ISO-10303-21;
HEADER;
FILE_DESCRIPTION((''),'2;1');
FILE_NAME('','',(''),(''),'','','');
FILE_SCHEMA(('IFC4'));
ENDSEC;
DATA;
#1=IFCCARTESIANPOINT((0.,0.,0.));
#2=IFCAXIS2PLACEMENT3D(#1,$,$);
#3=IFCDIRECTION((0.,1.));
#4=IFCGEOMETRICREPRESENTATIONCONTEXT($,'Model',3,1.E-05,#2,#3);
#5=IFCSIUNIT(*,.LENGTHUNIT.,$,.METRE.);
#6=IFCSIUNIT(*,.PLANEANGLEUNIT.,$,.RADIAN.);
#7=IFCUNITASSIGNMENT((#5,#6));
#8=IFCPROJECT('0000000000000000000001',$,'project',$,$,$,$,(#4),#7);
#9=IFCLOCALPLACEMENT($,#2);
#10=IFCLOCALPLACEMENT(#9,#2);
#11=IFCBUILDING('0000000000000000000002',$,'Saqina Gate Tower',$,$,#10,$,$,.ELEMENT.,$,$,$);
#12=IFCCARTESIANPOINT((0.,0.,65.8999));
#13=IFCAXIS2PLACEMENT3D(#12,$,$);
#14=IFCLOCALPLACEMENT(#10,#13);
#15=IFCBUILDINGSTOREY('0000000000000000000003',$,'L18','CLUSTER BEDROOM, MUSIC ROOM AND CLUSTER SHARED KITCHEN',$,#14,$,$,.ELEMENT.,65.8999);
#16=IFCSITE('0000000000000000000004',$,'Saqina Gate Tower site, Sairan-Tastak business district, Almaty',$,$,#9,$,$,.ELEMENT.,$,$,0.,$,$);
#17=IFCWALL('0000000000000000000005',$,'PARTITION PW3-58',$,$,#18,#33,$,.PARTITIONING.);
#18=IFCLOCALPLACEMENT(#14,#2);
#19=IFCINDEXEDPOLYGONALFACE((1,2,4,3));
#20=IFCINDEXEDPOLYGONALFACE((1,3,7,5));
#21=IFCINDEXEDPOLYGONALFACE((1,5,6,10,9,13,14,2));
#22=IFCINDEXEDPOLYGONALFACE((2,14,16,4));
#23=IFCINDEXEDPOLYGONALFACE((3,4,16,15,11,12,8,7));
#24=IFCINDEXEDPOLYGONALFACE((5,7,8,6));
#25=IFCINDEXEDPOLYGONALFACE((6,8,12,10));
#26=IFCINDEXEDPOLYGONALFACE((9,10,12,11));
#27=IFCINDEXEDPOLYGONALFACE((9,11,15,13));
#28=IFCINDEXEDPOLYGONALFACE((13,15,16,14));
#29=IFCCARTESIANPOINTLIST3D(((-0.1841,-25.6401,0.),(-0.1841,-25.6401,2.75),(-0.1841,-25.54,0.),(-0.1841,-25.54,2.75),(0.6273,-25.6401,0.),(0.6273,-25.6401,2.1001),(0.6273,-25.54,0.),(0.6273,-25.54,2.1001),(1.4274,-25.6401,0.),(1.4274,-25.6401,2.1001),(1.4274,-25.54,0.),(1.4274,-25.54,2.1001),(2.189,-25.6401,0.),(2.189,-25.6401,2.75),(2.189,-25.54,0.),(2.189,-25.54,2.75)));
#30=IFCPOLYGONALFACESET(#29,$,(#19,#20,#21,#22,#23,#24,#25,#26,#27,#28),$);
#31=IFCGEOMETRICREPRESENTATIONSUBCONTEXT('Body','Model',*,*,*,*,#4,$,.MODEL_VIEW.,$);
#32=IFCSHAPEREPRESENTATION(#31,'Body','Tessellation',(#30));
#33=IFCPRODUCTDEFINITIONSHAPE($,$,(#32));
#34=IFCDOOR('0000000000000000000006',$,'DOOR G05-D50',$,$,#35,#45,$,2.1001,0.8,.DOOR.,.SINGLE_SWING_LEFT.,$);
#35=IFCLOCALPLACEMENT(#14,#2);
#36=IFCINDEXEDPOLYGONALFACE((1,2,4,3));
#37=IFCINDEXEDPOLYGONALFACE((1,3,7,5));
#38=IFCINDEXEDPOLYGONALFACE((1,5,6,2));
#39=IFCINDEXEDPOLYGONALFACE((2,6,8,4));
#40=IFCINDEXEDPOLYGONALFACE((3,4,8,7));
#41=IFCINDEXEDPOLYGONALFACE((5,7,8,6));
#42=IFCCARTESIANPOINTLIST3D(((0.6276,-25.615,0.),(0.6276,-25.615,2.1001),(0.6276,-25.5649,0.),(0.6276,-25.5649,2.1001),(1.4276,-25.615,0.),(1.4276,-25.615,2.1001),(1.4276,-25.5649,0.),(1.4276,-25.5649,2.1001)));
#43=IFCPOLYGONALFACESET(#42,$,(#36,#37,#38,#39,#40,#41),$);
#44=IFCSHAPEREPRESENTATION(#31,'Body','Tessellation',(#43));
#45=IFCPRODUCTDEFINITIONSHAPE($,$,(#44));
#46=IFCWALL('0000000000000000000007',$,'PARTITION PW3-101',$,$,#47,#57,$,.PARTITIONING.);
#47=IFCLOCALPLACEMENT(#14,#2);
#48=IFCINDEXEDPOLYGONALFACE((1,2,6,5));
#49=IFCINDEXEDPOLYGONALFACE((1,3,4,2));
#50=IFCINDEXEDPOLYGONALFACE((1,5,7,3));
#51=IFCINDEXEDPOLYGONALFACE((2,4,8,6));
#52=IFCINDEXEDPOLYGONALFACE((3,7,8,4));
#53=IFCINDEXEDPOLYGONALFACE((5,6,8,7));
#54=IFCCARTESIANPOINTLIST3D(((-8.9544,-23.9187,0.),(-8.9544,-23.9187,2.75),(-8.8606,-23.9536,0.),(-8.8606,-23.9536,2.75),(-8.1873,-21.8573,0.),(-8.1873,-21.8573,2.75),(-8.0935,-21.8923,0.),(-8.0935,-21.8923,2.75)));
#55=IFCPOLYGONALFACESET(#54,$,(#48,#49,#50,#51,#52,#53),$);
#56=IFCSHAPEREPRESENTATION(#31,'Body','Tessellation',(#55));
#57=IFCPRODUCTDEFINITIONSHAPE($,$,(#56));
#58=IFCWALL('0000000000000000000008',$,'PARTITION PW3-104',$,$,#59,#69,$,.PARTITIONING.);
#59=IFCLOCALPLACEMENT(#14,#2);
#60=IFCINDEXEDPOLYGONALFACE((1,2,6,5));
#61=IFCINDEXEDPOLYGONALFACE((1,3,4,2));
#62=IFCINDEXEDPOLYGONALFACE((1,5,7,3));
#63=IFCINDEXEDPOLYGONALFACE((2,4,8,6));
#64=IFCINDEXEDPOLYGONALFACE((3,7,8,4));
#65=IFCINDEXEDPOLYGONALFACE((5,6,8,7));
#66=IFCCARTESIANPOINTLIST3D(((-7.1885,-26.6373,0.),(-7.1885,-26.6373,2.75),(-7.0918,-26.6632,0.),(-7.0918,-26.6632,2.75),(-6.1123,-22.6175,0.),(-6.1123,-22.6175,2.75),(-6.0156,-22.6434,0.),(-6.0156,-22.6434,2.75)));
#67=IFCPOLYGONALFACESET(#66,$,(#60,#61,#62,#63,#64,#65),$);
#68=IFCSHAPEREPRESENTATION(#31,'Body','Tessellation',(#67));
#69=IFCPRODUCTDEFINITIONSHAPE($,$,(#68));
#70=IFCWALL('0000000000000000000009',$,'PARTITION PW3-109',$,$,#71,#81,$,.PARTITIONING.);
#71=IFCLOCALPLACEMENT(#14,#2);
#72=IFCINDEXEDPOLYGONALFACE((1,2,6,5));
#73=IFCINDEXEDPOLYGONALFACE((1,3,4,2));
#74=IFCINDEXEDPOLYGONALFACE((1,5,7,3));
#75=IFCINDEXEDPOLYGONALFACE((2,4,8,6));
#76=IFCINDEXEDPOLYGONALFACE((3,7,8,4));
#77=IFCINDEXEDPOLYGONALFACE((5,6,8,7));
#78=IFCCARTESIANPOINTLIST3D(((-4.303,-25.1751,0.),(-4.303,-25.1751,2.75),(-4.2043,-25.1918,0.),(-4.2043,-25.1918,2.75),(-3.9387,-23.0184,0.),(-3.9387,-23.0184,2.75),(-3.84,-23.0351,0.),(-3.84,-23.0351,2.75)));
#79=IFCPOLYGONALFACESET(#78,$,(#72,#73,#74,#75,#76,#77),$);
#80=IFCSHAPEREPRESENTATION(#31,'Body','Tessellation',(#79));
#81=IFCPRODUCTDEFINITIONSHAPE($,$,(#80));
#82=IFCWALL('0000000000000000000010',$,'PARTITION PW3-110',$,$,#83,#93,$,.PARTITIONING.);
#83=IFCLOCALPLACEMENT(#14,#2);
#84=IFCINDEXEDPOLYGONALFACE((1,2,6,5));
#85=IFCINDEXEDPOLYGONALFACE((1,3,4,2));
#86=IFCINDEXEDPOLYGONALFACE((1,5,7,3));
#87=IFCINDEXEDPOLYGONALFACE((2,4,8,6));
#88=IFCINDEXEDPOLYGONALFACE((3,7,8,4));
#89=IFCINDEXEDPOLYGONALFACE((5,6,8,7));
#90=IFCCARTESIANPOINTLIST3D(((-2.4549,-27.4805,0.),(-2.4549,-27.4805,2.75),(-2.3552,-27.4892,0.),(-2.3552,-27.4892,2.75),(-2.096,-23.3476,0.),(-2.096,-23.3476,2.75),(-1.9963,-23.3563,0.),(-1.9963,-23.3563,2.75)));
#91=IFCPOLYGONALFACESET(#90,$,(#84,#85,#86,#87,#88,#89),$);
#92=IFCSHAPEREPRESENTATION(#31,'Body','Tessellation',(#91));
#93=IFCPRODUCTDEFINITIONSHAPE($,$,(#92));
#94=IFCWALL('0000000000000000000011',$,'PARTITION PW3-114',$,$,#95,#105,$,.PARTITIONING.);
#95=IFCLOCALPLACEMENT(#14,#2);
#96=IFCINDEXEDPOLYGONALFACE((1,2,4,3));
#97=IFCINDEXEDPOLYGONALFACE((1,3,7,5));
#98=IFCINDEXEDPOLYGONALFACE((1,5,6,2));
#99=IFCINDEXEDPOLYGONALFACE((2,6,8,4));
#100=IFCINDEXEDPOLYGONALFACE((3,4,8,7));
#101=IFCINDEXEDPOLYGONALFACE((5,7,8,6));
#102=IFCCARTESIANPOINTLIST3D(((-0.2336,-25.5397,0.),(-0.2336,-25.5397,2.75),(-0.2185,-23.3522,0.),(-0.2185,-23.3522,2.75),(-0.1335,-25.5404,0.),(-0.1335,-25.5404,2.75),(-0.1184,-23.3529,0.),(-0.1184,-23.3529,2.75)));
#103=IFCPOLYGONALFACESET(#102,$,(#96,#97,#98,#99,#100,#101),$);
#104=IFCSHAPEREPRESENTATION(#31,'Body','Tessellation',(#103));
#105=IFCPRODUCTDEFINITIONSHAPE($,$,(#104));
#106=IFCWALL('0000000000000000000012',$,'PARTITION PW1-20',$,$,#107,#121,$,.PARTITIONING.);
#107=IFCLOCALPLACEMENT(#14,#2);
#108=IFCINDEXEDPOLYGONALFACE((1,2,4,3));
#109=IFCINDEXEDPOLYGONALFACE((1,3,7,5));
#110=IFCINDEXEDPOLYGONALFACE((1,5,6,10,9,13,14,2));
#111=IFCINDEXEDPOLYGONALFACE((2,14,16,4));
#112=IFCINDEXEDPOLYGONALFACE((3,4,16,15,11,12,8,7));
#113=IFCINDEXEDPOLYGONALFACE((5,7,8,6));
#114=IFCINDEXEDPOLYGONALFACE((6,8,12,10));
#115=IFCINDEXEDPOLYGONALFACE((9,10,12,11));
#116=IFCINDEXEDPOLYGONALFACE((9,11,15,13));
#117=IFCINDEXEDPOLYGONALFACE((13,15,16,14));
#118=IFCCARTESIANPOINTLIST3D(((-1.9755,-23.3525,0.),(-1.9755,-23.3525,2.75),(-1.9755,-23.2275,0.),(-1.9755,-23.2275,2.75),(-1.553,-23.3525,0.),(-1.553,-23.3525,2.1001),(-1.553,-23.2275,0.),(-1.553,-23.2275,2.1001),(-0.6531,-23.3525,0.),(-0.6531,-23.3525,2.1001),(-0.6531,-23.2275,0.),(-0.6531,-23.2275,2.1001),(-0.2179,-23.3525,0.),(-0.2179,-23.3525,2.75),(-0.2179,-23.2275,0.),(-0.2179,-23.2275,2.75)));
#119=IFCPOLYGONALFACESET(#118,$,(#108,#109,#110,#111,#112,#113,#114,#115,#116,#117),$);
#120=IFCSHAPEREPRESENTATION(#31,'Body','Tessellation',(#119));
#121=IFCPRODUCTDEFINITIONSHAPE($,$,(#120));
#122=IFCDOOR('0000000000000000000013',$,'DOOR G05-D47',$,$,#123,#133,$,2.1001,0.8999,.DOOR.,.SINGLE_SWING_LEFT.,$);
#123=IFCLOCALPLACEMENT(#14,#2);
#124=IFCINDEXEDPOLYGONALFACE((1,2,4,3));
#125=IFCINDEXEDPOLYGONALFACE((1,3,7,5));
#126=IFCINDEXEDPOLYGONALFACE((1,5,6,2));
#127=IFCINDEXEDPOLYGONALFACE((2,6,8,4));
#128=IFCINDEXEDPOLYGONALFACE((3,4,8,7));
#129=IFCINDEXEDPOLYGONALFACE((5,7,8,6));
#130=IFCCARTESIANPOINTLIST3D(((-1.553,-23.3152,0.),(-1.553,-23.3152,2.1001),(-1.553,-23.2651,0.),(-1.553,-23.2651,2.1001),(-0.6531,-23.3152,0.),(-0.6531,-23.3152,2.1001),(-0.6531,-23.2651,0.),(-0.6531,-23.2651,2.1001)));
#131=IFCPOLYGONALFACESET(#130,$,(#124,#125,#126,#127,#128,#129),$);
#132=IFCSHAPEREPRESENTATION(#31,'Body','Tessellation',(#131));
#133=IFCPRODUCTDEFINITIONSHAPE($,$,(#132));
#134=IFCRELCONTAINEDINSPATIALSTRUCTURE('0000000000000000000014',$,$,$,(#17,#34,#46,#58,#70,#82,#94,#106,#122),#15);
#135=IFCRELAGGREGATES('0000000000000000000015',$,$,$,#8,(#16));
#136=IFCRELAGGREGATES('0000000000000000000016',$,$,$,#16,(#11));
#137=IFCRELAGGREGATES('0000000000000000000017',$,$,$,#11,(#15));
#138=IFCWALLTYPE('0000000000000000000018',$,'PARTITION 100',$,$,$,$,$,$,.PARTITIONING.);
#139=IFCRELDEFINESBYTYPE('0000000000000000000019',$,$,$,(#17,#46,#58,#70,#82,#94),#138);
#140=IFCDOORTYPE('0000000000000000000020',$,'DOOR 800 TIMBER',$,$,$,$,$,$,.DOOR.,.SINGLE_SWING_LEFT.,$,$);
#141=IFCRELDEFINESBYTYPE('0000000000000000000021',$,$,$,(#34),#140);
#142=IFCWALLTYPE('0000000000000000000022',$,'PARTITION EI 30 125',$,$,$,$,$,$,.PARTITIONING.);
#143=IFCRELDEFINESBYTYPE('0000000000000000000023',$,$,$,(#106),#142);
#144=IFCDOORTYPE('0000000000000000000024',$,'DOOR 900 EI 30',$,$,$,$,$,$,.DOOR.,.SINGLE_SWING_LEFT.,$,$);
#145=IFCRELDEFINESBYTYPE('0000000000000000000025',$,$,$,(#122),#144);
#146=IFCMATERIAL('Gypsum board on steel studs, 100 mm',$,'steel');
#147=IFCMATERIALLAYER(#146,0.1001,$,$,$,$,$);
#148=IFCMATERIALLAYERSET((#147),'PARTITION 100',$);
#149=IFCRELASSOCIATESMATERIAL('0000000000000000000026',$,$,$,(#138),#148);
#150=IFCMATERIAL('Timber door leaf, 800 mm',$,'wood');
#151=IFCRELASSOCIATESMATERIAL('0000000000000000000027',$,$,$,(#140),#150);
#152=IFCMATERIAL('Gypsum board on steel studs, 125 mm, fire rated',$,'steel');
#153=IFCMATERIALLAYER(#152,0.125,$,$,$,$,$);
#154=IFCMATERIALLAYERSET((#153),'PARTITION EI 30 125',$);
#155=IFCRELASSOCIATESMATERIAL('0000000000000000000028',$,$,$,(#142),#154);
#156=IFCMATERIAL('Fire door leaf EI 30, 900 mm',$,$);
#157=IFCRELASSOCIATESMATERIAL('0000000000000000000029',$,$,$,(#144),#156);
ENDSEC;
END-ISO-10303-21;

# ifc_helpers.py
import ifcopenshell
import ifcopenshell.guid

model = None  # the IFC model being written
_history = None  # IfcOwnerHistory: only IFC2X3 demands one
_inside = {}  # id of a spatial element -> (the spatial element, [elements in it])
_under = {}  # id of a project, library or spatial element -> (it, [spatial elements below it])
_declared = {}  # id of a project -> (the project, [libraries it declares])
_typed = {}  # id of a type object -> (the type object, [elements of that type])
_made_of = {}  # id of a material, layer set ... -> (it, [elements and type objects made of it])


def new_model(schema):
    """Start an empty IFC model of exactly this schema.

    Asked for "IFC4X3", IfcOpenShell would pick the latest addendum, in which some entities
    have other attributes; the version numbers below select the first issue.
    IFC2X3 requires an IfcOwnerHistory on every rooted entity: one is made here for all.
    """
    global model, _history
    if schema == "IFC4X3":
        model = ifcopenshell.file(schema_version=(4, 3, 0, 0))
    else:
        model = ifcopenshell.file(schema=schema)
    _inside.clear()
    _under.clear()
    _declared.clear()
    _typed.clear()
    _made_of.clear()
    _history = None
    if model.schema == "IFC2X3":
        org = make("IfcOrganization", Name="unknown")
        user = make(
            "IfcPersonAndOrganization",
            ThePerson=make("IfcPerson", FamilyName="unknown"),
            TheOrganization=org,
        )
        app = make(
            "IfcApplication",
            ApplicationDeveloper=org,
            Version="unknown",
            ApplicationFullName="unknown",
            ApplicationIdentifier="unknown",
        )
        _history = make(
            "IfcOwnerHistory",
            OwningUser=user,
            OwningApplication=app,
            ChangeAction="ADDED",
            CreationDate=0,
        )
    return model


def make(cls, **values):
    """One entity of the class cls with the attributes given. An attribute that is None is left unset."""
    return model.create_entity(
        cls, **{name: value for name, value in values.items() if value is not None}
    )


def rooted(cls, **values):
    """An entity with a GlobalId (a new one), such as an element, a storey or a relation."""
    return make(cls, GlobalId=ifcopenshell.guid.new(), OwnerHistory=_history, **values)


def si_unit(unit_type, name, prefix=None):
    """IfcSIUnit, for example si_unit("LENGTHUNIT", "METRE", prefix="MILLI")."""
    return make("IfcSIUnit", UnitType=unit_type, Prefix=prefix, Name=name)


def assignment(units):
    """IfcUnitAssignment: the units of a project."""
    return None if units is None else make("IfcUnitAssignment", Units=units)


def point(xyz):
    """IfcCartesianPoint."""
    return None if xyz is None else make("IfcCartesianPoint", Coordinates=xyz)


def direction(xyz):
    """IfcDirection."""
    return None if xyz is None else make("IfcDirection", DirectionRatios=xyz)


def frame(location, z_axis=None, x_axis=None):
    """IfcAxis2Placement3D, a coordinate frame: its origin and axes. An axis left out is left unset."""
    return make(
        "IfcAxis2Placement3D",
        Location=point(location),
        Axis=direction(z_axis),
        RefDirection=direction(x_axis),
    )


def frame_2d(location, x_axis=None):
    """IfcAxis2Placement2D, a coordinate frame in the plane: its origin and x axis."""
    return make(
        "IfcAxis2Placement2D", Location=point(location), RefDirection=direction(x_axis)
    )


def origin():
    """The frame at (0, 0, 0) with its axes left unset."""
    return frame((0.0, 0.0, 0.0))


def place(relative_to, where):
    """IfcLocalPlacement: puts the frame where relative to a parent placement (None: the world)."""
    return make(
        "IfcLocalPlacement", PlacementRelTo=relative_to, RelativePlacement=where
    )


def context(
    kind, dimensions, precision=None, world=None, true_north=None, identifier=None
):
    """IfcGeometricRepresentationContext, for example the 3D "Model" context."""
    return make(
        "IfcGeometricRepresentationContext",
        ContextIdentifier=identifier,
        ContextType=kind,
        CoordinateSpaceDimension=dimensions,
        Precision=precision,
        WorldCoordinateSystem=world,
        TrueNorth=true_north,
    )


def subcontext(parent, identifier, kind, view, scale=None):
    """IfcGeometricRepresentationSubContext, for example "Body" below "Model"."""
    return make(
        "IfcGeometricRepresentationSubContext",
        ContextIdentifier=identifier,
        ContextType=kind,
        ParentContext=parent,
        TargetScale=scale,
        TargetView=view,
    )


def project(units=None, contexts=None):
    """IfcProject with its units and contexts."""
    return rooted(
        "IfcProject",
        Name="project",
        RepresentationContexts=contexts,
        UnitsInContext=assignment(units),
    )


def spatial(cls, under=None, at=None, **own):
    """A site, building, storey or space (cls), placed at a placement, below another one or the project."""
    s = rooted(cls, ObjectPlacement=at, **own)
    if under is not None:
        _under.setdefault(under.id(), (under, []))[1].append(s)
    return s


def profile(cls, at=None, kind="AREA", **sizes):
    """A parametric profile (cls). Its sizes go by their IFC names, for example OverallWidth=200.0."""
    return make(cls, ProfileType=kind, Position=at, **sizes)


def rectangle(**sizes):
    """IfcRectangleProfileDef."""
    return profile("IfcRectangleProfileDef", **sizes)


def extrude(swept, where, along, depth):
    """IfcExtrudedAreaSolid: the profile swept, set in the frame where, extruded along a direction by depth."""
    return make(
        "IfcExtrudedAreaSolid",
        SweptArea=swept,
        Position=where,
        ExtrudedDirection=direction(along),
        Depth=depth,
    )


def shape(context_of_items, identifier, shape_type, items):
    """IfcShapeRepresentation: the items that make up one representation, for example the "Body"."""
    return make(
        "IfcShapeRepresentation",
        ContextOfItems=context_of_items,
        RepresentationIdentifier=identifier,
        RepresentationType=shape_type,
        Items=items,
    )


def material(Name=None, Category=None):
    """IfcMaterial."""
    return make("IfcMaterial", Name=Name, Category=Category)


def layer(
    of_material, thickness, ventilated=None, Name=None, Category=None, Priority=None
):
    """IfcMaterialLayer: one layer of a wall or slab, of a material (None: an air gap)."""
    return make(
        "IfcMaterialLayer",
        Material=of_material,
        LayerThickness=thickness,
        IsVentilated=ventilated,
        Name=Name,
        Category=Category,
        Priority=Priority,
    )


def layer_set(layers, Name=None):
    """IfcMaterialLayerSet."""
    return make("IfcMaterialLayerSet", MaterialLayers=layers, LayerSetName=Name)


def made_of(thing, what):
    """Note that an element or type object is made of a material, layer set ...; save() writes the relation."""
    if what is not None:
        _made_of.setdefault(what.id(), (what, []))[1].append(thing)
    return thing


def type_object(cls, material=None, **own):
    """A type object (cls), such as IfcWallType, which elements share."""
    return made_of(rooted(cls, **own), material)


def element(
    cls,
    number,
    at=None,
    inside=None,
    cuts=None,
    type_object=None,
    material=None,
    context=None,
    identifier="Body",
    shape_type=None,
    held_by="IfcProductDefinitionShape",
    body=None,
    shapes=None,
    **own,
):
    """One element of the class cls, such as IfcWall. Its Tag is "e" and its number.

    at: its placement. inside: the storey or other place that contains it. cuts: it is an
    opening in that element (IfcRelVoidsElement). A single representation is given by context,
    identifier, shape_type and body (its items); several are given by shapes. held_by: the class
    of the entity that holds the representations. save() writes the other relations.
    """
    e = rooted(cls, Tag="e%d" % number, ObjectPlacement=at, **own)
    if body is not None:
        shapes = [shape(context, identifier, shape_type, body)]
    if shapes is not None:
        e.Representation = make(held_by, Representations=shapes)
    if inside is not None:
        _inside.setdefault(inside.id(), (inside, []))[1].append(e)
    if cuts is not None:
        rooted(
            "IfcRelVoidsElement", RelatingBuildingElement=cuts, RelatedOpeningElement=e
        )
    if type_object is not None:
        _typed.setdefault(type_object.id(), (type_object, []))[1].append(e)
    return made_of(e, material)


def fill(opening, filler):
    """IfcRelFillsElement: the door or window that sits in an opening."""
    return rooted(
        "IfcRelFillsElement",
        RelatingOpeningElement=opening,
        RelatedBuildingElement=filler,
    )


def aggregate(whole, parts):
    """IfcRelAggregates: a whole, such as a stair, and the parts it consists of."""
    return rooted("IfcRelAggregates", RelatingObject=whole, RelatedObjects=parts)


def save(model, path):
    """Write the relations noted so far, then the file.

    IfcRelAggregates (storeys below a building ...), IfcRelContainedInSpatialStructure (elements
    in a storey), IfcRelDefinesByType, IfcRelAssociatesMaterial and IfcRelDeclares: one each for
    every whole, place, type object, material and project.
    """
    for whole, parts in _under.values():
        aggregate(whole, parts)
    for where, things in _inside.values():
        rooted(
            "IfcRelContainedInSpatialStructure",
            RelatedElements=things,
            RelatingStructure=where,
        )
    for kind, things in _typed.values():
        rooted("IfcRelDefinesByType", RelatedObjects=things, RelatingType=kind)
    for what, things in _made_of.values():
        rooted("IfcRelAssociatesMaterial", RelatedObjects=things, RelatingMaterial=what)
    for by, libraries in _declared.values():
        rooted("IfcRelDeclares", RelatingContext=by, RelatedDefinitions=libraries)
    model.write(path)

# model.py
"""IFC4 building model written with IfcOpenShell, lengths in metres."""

from ifc_helpers import new_model, si_unit, direction, frame, frame_2d, origin, place, context, subcontext, project, spatial, rectangle, extrude, material, layer, layer_set, type_object, element, fill, save


model = new_model("IFC4")

# Units and contexts
model_context = context("Model", 3, precision=1e-05, world=origin(), true_north=direction((0.0, 1.0)))
body_context = subcontext(model_context, "Body", "Model", "MODEL_VIEW")
ifc_project = project(units=[si_unit("LENGTHUNIT", "METRE"), si_unit("PLANEANGLEUNIT", "RADIAN")], contexts=[model_context])

# Site, building, storey
site_placement = place(None, origin())
site = spatial("IfcSite", under=ifc_project, at=site_placement, Name="Saqina Gate Tower site, Sairan-Tastak business district, Almaty", CompositionType="ELEMENT", RefElevation=0.0)
building_placement = place(site_placement, origin())
building = spatial("IfcBuilding", under=site, at=building_placement, Name="Saqina Gate Tower", CompositionType="ELEMENT")
storey_placement = place(building_placement, frame((0.0, 0.0, 65.8999)))
storey = spatial("IfcBuildingStorey", under=building, at=storey_placement, Name="L18", Description="CLUSTER BEDROOM, MUSIC ROOM AND CLUSTER SHARED KITCHEN", CompositionType="ELEMENT", Elevation=65.8999)

# Wall, opening, door
ifc_material_1 = material(Name="Gypsum board on steel studs, 100 mm", Category="steel")
ifc_layer_1 = layer(ifc_material_1, 0.1001)
ifc_layer_set_1 = layer_set([ifc_layer_1], Name="PARTITION 100")
wall_type_1 = type_object("IfcWallType", Name="PARTITION 100", PredefinedType="PARTITIONING", material=ifc_layer_set_1)
ifc_material_2 = material(Name="Timber door leaf, 800 mm", Category="wood")
door_type_1 = type_object("IfcDoorType", Name="DOOR 800 TIMBER", OperationType="SINGLE_SWING_LEFT", PredefinedType="DOOR", material=ifc_material_2)
wall_1_placement = place(storey_placement, frame((-0.1841, -25.5901, 0.0), z_axis=(0.0, 0.0, 1.0), x_axis=(1.0, 0.0, 0.0)))
wall_1 = element("IfcWall", 1, at=wall_1_placement, inside=storey, type_object=wall_type_1, Name="PARTITION PW3-58", PredefinedType="PARTITIONING", context=body_context, shape_type="SweptSolid", body=[
    extrude(rectangle(XDim=2.373, YDim=0.1001, at=frame_2d((1.1865, 0.0))), origin(), (0.0, 0.0, 1.0), 2.75),
])
opening_1_placement = place(wall_1_placement, frame((0.8115, 0.0, 0.0)))
opening_1 = element("IfcOpeningElement", 2, at=opening_1_placement, cuts=wall_1, PredefinedType="OPENING", context=body_context, shape_type="SweptSolid", body=[
    extrude(rectangle(XDim=0.8, YDim=2.1001, at=frame_2d((0.3999, 1.05))), frame((0.0, 0.062, 0.0), z_axis=(0.0, -1.0, 0.0), x_axis=(1.0, 0.0, 0.0)), (0.0, 0.0, 1.0), 0.124),
])
door_1_placement = place(opening_1_placement, frame((0.8, 0.0, 0.0), z_axis=(0.0, 0.0, 1.0), x_axis=(-1.0, 0.0, 0.0)))
door_1 = element("IfcDoor", 3, at=door_1_placement, inside=storey, type_object=door_type_1, Name="DOOR G05-D50", OperationType="SINGLE_SWING_LEFT", OverallHeight=2.1001, OverallWidth=0.8, PredefinedType="DOOR", context=body_context, shape_type="SweptSolid", body=[
    extrude(rectangle(XDim=0.8, YDim=2.1001, at=frame_2d((0.3999, 1.05))), frame((0.0, 0.0249, 0.0), z_axis=(0.0, -1.0, 0.0), x_axis=(1.0, 0.0, 0.0)), (0.0, 0.0, 1.0), 0.05),
])
fill(opening_1, door_1)

# Walls
wall_2_placement = place(storey_placement, frame((-8.9075, -23.936, 0.0), z_axis=(0.0, 0.0, 1.0), x_axis=(0.348775, 0.937207, 0.0)))
element("IfcWall", 4, at=wall_2_placement, inside=storey, type_object=wall_type_1, Name="PARTITION PW3-101", PredefinedType="PARTITIONING", context=body_context, shape_type="SweptSolid", body=[
    extrude(rectangle(XDim=2.1995, YDim=0.1001, at=frame_2d((1.0996, 0.0))), origin(), (0.0, 0.0, 1.0), 2.75),
])
wall_3_placement = place(storey_placement, frame((-7.1401, -26.6501, 0.0), z_axis=(0.0, 0.0, 1.0), x_axis=(0.258612, 0.965981, 0.0)))
element("IfcWall", 5, at=wall_3_placement, inside=storey, type_object=wall_type_1, Name="PARTITION PW3-104", PredefinedType="PARTITIONING", context=body_context, shape_type="SweptSolid", body=[
    extrude(rectangle(XDim=4.1614, YDim=0.1001, at=frame_2d((2.0806, 0.0))), origin(), (0.0, 0.0, 1.0), 2.75),
])
wall_4_placement = place(storey_placement, frame((-4.2537, -25.1836, 0.0), z_axis=(0.0, 0.0, 1.0), x_axis=(0.166534, 0.986036, 0.0)))
element("IfcWall", 6, at=wall_4_placement, inside=storey, type_object=wall_type_1, Name="PARTITION PW3-109", PredefinedType="PARTITIONING", context=body_context, shape_type="SweptSolid", body=[
    extrude(rectangle(XDim=2.1873, YDim=0.1001, at=frame_2d((1.0938, 0.0))), origin(), (0.0, 0.0, 1.0), 2.75),
])
wall_5_placement = place(storey_placement, frame((-2.405, -27.4849, 0.0), z_axis=(0.0, 0.0, 1.0), x_axis=(0.086513, 0.996251, 0.0)))
element("IfcWall", 7, at=wall_5_placement, inside=storey, type_object=wall_type_1, Name="PARTITION PW3-110", PredefinedType="PARTITIONING", context=body_context, shape_type="SweptSolid", body=[
    extrude(rectangle(XDim=4.1484, YDim=0.1001, at=frame_2d((2.0742, 0.0))), origin(), (0.0, 0.0, 1.0), 2.75),
])
wall_6_placement = place(storey_placement, frame((-0.1836, -25.54, 0.0), z_axis=(0.0, 0.0, 1.0), x_axis=(0.006919, 0.999976, 0.0)))
element("IfcWall", 8, at=wall_6_placement, inside=storey, type_object=wall_type_1, Name="PARTITION PW3-114", PredefinedType="PARTITIONING", context=body_context, shape_type="SweptSolid", body=[
    extrude(rectangle(XDim=2.1875, YDim=0.1001, at=frame_2d((1.0938, 0.0))), origin(), (0.0, 0.0, 1.0), 2.75),
])

# Wall, opening, door
ifc_material_3 = material(Name="Gypsum board on steel studs, 125 mm, fire rated", Category="steel")
ifc_layer_2 = layer(ifc_material_3, 0.125)
ifc_layer_set_2 = layer_set([ifc_layer_2], Name="PARTITION EI 30 125")
wall_type_2 = type_object("IfcWallType", Name="PARTITION EI 30 125", PredefinedType="PARTITIONING", material=ifc_layer_set_2)
wall_7_placement = place(storey_placement, frame((-1.9756, -23.29, 0.0), z_axis=(0.0, 0.0, 1.0), x_axis=(1.0, 0.0, 0.0)))
wall_7 = element("IfcWall", 9, at=wall_7_placement, inside=storey, type_object=wall_type_2, Name="PARTITION PW1-20", PredefinedType="PARTITIONING", context=body_context, shape_type="SweptSolid", body=[
    extrude(rectangle(XDim=1.7576, YDim=0.125, at=frame_2d((0.8789, 0.0))), origin(), (0.0, 0.0, 1.0), 2.75),
])
opening_2_placement = place(wall_7_placement, frame((0.4226, 0.0, 0.0)))
opening_2 = element("IfcOpeningElement", 10, at=opening_2_placement, cuts=wall_7, PredefinedType="OPENING", context=body_context, shape_type="SweptSolid", body=[
    extrude(rectangle(XDim=0.8999, YDim=2.1001, at=frame_2d((0.45, 1.05))), frame((0.0, 0.0745, 0.0), z_axis=(0.0, -1.0, 0.0), x_axis=(1.0, 0.0, 0.0)), (0.0, 0.0, 1.0), 0.1489),
])
ifc_material_4 = material(Name="Fire door leaf EI 30, 900 mm")
door_type_2 = type_object("IfcDoorType", Name="DOOR 900 EI 30", OperationType="SINGLE_SWING_LEFT", PredefinedType="DOOR", material=ifc_material_4)
door_2_placement = place(opening_2_placement, origin())
door_2 = element("IfcDoor", 11, at=door_2_placement, inside=storey, type_object=door_type_2, Name="DOOR G05-D47", OperationType="SINGLE_SWING_LEFT", OverallHeight=2.1001, OverallWidth=0.8999, PredefinedType="DOOR", context=body_context, shape_type="SweptSolid", body=[
    extrude(rectangle(XDim=0.8999, YDim=2.1001, at=frame_2d((0.45, 1.05))), frame((0.0, 0.0249, 0.0), z_axis=(0.0, -1.0, 0.0), x_axis=(1.0, 0.0, 0.0)), (0.0, 0.0, 1.0), 0.05),
])
fill(opening_2, door_2)

save(model, "model.ifc")
